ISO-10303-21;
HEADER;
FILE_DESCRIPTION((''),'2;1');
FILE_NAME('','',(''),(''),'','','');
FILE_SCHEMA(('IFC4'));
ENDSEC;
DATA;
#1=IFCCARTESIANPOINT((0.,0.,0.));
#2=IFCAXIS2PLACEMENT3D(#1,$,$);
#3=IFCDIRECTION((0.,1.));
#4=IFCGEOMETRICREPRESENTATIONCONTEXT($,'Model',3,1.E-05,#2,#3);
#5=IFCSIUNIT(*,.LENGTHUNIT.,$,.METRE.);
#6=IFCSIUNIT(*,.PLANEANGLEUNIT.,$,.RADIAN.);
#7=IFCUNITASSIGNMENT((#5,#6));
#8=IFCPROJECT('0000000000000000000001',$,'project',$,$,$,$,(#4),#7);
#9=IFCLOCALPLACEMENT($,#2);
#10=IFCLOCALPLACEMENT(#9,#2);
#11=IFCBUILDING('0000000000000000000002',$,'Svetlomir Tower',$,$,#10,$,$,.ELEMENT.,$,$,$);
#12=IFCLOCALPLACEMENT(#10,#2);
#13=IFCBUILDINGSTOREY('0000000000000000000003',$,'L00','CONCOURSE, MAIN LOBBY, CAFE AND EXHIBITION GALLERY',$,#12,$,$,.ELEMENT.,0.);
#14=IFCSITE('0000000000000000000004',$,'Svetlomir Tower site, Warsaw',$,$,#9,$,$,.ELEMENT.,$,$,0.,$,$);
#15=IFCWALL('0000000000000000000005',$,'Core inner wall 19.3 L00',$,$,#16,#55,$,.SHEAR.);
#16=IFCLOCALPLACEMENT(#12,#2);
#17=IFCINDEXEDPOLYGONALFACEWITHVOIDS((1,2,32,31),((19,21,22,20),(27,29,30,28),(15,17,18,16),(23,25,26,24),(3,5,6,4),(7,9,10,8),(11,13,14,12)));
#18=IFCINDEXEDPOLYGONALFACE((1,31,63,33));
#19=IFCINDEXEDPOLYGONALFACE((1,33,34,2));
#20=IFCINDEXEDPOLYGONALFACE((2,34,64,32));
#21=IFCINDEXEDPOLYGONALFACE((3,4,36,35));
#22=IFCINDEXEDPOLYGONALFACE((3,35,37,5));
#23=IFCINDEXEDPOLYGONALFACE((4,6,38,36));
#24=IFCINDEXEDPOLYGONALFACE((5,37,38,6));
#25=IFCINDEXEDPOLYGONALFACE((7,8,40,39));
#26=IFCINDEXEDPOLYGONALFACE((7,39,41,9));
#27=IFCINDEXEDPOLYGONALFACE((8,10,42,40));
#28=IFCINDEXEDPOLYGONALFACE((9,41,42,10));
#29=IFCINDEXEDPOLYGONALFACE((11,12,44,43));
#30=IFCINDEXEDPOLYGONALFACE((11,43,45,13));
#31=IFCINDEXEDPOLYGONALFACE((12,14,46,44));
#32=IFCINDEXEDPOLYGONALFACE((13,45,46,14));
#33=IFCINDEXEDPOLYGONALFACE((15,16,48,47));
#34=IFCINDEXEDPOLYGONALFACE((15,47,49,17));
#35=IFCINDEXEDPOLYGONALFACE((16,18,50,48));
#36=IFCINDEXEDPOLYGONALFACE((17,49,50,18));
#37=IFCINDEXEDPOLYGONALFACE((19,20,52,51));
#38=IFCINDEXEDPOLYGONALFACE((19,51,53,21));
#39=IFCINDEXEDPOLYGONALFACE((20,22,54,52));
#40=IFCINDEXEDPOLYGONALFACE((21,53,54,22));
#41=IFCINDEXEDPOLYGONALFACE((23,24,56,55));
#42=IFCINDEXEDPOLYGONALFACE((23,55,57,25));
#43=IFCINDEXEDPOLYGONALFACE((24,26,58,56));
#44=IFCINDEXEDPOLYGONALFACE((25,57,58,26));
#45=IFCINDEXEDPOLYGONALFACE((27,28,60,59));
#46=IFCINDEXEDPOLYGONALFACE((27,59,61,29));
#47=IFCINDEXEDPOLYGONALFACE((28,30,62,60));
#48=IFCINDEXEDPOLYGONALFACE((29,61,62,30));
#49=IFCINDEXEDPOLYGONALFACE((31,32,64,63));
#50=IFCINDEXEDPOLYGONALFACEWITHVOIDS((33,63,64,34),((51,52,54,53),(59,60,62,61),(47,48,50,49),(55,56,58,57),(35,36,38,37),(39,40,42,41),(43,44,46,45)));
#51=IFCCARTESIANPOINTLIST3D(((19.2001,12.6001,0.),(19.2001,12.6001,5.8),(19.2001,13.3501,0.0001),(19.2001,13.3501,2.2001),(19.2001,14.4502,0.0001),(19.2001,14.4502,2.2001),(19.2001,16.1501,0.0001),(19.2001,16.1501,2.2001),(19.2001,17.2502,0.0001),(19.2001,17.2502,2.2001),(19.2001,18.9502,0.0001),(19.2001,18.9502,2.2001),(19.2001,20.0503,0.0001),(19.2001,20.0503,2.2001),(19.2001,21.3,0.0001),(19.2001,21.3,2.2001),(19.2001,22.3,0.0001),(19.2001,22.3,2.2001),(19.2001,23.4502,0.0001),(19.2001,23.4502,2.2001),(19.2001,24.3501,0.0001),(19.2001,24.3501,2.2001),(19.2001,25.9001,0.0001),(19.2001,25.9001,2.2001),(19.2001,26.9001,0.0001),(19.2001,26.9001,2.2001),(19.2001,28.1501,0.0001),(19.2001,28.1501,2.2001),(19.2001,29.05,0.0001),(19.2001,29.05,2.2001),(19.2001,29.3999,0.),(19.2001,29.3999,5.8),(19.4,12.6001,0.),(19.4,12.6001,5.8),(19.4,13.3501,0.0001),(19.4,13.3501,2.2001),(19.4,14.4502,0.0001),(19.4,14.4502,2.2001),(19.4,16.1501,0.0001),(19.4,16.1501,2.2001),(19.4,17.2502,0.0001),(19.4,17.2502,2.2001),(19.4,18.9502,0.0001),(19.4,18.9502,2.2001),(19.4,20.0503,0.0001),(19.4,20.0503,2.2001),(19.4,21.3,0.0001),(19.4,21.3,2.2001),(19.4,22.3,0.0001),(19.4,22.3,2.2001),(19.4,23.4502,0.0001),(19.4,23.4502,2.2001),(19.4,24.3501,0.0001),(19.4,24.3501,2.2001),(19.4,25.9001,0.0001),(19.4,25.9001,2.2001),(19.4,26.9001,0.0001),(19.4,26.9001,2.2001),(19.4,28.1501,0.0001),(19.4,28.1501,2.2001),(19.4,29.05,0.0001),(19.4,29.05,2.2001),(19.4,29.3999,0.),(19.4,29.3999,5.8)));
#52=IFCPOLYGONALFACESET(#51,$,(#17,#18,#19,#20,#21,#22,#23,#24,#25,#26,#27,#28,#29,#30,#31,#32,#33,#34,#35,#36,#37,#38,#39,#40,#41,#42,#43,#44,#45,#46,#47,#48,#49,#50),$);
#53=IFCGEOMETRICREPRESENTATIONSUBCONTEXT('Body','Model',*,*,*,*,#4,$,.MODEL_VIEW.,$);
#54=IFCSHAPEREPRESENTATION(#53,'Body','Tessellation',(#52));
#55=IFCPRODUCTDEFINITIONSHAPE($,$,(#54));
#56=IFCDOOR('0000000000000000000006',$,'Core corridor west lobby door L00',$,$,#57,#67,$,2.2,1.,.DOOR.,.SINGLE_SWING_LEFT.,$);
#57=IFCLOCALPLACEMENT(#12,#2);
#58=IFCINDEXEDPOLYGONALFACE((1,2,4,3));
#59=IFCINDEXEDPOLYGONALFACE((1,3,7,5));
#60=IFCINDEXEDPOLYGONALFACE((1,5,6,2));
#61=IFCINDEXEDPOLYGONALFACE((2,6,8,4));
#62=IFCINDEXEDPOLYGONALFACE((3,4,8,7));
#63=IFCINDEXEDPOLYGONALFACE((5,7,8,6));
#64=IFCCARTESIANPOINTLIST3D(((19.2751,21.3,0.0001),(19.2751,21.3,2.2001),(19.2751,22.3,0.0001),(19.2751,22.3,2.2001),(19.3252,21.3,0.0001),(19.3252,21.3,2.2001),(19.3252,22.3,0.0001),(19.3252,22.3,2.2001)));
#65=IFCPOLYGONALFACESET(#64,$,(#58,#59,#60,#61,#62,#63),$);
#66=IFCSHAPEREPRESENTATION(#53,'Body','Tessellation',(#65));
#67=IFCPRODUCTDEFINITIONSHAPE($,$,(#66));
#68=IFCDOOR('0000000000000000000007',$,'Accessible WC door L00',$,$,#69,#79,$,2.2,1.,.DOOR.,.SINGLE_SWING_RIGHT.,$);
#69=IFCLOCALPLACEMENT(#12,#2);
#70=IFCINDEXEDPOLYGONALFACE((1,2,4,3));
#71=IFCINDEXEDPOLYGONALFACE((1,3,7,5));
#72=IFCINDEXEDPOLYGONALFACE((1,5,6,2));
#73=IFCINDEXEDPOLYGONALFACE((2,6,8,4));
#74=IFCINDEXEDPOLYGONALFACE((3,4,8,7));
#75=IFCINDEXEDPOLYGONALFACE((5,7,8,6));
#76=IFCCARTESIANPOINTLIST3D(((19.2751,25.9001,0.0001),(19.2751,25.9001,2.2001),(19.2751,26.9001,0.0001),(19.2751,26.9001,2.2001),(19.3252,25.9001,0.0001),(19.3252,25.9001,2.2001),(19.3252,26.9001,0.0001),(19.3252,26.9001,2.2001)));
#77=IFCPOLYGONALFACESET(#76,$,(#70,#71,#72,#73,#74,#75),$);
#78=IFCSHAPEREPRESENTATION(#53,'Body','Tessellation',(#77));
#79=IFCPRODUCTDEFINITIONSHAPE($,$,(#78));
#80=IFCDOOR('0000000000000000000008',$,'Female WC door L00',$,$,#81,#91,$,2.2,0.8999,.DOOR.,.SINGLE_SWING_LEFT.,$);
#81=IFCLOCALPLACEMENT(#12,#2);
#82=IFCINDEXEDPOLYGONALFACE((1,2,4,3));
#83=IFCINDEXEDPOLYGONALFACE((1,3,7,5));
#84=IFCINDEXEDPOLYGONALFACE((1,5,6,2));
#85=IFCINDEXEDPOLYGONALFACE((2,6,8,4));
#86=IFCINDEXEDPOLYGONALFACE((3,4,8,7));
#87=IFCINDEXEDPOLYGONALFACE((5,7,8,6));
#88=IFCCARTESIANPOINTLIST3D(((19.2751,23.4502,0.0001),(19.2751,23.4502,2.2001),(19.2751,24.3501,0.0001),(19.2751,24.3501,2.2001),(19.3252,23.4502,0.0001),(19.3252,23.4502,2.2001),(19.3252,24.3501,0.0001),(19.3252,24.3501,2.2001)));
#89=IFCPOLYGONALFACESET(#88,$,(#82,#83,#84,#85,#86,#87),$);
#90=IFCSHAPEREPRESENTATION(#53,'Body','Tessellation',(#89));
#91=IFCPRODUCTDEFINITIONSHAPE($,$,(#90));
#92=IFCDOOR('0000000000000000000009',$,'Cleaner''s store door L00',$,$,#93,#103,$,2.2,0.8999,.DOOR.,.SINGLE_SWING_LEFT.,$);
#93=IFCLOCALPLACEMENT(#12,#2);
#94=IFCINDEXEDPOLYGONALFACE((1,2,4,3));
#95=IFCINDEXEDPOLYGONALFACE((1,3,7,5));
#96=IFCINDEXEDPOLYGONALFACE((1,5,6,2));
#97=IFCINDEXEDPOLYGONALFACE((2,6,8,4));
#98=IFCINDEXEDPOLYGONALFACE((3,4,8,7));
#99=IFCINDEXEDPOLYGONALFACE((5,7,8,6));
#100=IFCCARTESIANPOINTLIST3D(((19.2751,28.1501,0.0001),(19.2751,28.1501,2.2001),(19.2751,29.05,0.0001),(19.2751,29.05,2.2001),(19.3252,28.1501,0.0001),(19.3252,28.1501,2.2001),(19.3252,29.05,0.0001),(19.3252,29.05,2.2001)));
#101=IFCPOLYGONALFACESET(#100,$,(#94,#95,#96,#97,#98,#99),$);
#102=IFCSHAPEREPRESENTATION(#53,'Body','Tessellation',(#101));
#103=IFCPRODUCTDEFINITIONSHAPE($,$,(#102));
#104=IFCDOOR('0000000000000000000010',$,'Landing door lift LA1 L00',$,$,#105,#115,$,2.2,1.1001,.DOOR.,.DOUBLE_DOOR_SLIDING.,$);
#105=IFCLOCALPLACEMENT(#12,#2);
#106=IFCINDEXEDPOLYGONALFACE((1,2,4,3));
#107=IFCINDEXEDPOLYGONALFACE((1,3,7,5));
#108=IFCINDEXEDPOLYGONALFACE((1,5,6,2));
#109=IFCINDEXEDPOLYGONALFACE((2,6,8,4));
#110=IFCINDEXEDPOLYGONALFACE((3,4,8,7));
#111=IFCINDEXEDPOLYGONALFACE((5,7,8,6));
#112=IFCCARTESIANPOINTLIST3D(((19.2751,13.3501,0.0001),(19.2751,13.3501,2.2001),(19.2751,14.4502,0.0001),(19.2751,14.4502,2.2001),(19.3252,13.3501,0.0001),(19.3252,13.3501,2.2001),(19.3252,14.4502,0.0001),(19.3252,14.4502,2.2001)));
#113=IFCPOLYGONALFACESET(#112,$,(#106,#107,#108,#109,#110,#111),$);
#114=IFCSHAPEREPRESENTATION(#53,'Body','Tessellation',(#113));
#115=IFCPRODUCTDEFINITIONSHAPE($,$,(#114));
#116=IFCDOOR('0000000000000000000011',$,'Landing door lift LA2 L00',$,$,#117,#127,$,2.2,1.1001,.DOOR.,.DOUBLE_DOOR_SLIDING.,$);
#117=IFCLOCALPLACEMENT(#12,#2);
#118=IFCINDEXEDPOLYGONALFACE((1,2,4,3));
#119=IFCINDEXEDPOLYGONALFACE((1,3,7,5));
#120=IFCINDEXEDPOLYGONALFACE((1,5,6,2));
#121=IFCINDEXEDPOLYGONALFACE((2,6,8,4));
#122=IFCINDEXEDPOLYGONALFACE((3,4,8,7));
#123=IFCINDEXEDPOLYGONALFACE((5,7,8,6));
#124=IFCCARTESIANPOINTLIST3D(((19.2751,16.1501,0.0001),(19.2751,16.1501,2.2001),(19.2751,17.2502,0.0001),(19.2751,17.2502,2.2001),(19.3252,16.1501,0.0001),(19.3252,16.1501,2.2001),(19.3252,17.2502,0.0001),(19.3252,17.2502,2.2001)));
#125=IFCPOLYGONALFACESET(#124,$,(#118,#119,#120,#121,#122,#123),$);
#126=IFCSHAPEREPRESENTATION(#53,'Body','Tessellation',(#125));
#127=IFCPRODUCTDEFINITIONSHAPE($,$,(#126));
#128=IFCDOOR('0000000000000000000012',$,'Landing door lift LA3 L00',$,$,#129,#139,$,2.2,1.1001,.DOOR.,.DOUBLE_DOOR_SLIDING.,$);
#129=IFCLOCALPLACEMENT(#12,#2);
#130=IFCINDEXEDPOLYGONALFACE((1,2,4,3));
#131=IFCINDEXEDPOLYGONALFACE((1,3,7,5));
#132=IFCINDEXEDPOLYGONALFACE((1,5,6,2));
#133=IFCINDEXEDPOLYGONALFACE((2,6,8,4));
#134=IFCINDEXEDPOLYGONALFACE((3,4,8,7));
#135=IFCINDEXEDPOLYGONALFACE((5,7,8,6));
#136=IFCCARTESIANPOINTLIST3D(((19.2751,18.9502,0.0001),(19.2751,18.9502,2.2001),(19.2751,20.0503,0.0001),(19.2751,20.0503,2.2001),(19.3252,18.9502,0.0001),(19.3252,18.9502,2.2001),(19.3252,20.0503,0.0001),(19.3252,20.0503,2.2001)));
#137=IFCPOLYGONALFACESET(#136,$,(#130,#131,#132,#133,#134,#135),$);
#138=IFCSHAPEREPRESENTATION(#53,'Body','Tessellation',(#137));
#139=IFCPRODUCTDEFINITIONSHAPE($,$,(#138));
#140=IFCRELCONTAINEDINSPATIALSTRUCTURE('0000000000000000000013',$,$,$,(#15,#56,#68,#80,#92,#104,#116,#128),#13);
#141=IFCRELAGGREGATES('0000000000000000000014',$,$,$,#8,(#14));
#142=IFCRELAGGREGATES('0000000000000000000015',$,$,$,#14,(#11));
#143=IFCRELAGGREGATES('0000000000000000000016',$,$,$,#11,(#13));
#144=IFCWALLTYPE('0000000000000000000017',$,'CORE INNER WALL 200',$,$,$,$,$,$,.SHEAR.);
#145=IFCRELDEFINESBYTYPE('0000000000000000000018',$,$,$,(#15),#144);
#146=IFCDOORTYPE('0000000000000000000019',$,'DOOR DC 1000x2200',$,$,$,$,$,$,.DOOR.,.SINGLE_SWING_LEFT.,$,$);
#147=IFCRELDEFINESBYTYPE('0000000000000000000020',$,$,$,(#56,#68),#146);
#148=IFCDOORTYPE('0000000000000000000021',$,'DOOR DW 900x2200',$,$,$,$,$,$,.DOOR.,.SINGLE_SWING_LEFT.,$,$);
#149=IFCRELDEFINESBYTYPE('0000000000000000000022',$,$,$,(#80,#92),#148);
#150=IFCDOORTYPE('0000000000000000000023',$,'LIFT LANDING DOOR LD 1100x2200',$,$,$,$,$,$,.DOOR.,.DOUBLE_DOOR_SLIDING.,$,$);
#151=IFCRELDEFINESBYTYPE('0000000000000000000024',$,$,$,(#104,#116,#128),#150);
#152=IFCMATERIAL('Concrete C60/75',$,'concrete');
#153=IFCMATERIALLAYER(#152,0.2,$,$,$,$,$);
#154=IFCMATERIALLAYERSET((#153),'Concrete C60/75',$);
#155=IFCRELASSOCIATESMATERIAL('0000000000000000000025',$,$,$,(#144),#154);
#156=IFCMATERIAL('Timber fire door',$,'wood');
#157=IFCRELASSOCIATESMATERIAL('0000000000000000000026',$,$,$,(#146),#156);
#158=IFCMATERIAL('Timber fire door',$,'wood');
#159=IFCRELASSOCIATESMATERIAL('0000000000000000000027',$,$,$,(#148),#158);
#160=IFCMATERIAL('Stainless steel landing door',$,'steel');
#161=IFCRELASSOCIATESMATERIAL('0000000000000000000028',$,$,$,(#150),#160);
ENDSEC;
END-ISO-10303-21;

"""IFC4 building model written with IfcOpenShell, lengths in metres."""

from ifc_helpers import new_model, si_unit, direction, frame, frame_2d, origin, place, context, subcontext, project, spatial, rectangle, extrude, material, layer, layer_set, type_object, element, fill, save


model = new_model("IFC4")

# Units and contexts
model_context = context("Model", 3, precision=1e-05, world=origin(), true_north=direction((0.0, 1.0)))
body_context = subcontext(model_context, "Body", "Model", "MODEL_VIEW")
ifc_project = project(units=[si_unit("LENGTHUNIT", "METRE"), si_unit("PLANEANGLEUNIT", "RADIAN")], contexts=[model_context])

# Site, building, storey
site_placement = place(None, origin())
site = spatial("IfcSite", under=ifc_project, at=site_placement, Name="Svetlomir Tower site, Warsaw", CompositionType="ELEMENT", RefElevation=0.0)
building_placement = place(site_placement, origin())
building = spatial("IfcBuilding", under=site, at=building_placement, Name="Svetlomir Tower", CompositionType="ELEMENT")
storey_placement = place(building_placement, origin())
storey = spatial("IfcBuildingStorey", under=building, at=storey_placement, Name="L00", Description="CONCOURSE, MAIN LOBBY, CAFE AND EXHIBITION GALLERY", CompositionType="ELEMENT", Elevation=0.0)

# Wall, openings, doors
ifc_material_1 = material(Name="Concrete C60/75", Category="concrete")
ifc_layer = layer(ifc_material_1, 0.2)
ifc_layer_set = layer_set([ifc_layer], Name="Concrete C60/75")
wall_type = type_object("IfcWallType", Name="CORE INNER WALL 200", PredefinedType="SHEAR", material=ifc_layer_set)
wall_1_placement = place(storey_placement, frame((19.3, 12.6001, 0.0), z_axis=(0.0, 0.0, 1.0), x_axis=(0.0, 1.0, 0.0)))
wall_1 = element("IfcWall", 1, at=wall_1_placement, inside=storey, type_object=wall_type, Name="Core inner wall 19.3 L00", PredefinedType="SHEAR", context=body_context, shape_type="SweptSolid", body=[
    extrude(rectangle(XDim=16.7998, YDim=0.2, at=frame_2d((8.3999, 0.0))), origin(), (0.0, 0.0, 1.0), 5.8),
])
opening_1_placement = place(wall_1_placement, frame((8.7, 0.0, 0.0)))
opening_1 = element("IfcOpeningElement", 2, at=opening_1_placement, cuts=wall_1, PredefinedType="OPENING", context=body_context, shape_type="SweptSolid", body=[
    extrude(rectangle(XDim=1.0, YDim=2.2, at=frame_2d((0.5, 1.1001))), frame((0.0, 0.1099, 0.0), z_axis=(0.0, -1.0, 0.0), x_axis=(1.0, 0.0, 0.0)), (0.0, 0.0, 1.0), 0.22),
])
opening_2_placement = place(wall_1_placement, frame((10.8501, 0.0, 0.0)))
opening_2 = element("IfcOpeningElement", 3, at=opening_2_placement, cuts=wall_1, PredefinedType="OPENING", context=body_context, shape_type="SweptSolid", body=[
    extrude(rectangle(XDim=0.8999, YDim=2.2, at=frame_2d((0.45, 1.1001))), frame((0.0, 0.1099, 0.0), z_axis=(0.0, -1.0, 0.0), x_axis=(1.0, 0.0, 0.0)), (0.0, 0.0, 1.0), 0.22),
])
opening_3_placement = place(wall_1_placement, frame((13.3, 0.0, 0.0)))
opening_3 = element("IfcOpeningElement", 4, at=opening_3_placement, cuts=wall_1, PredefinedType="OPENING", context=body_context, shape_type="SweptSolid", body=[
    extrude(rectangle(XDim=1.0, YDim=2.2, at=frame_2d((0.5, 1.1001))), frame((0.0, 0.1099, 0.0), z_axis=(0.0, -1.0, 0.0), x_axis=(1.0, 0.0, 0.0)), (0.0, 0.0, 1.0), 0.22),
])
opening_4_placement = place(wall_1_placement, frame((15.55, 0.0, 0.0)))
opening_4 = element("IfcOpeningElement", 5, at=opening_4_placement, cuts=wall_1, PredefinedType="OPENING", context=body_context, shape_type="SweptSolid", body=[
    extrude(rectangle(XDim=0.8999, YDim=2.2, at=frame_2d((0.45, 1.1001))), frame((0.0, 0.1099, 0.0), z_axis=(0.0, -1.0, 0.0), x_axis=(1.0, 0.0, 0.0)), (0.0, 0.0, 1.0), 0.22),
])
opening_5_placement = place(wall_1_placement, frame((0.75, 0.0, 0.0)))
opening_5 = element("IfcOpeningElement", 6, at=opening_5_placement, cuts=wall_1, PredefinedType="OPENING", context=body_context, shape_type="SweptSolid", body=[
    extrude(rectangle(XDim=1.1001, YDim=2.2, at=frame_2d((0.55, 1.1001))), frame((0.0, 0.1099, 0.0), z_axis=(0.0, -1.0, 0.0), x_axis=(1.0, 0.0, 0.0)), (0.0, 0.0, 1.0), 0.22),
])
opening_6_placement = place(wall_1_placement, frame((3.55, 0.0, 0.0)))
opening_6 = element("IfcOpeningElement", 7, at=opening_6_placement, cuts=wall_1, PredefinedType="OPENING", context=body_context, shape_type="SweptSolid", body=[
    extrude(rectangle(XDim=1.1001, YDim=2.2, at=frame_2d((0.55, 1.1001))), frame((0.0, 0.1099, 0.0), z_axis=(0.0, -1.0, 0.0), x_axis=(1.0, 0.0, 0.0)), (0.0, 0.0, 1.0), 0.22),
])
opening_7_placement = place(wall_1_placement, frame((6.3501, 0.0, 0.0)))
opening_7 = element("IfcOpeningElement", 8, at=opening_7_placement, cuts=wall_1, PredefinedType="OPENING", context=body_context, shape_type="SweptSolid", body=[
    extrude(rectangle(XDim=1.1001, YDim=2.2, at=frame_2d((0.55, 1.1001))), frame((0.0, 0.1099, 0.0), z_axis=(0.0, -1.0, 0.0), x_axis=(1.0, 0.0, 0.0)), (0.0, 0.0, 1.0), 0.22),
])
ifc_material_2 = material(Name="Timber fire door", Category="wood")
door_type_1 = type_object("IfcDoorType", Name="DOOR DC 1000x2200", OperationType="SINGLE_SWING_LEFT", PredefinedType="DOOR", material=ifc_material_2)
door_1_placement = place(opening_1_placement, origin())
door_1 = element("IfcDoor", 9, at=door_1_placement, inside=storey, type_object=door_type_1, Name="Core corridor west lobby door L00", OperationType="SINGLE_SWING_LEFT", OverallHeight=2.2, OverallWidth=1.0, PredefinedType="DOOR", context=body_context, shape_type="SweptSolid", body=[
    extrude(rectangle(XDim=1.0, YDim=2.2, at=frame_2d((0.5, 1.1001))), frame((0.0, 0.0249, 0.0), z_axis=(0.0, -1.0, 0.0), x_axis=(1.0, 0.0, 0.0)), (0.0, 0.0, 1.0), 0.05),
])
fill(opening_1, door_1)
door_2_placement = place(opening_3_placement, origin())
door_2 = element("IfcDoor", 10, at=door_2_placement, inside=storey, type_object=door_type_1, Name="Accessible WC door L00", OperationType="SINGLE_SWING_RIGHT", OverallHeight=2.2, OverallWidth=1.0, PredefinedType="DOOR", context=body_context, shape_type="SweptSolid", body=[
    extrude(rectangle(XDim=1.0, YDim=2.2, at=frame_2d((0.5, 1.1001))), frame((0.0, 0.0249, 0.0), z_axis=(0.0, -1.0, 0.0), x_axis=(1.0, 0.0, 0.0)), (0.0, 0.0, 1.0), 0.05),
])
fill(opening_3, door_2)
ifc_material_3 = material(Name="Timber fire door", Category="wood")
door_type_2 = type_object("IfcDoorType", Name="DOOR DW 900x2200", OperationType="SINGLE_SWING_LEFT", PredefinedType="DOOR", material=ifc_material_3)
door_3_placement = place(opening_2_placement, origin())
door_3 = element("IfcDoor", 11, at=door_3_placement, inside=storey, type_object=door_type_2, Name="Female WC door L00", OperationType="SINGLE_SWING_LEFT", OverallHeight=2.2, OverallWidth=0.8999, PredefinedType="DOOR", context=body_context, shape_type="SweptSolid", body=[
    extrude(rectangle(XDim=0.8999, YDim=2.2, at=frame_2d((0.45, 1.1001))), frame((0.0, 0.0249, 0.0), z_axis=(0.0, -1.0, 0.0), x_axis=(1.0, 0.0, 0.0)), (0.0, 0.0, 1.0), 0.05),
])
fill(opening_2, door_3)
door_4_placement = place(opening_4_placement, origin())
door_4 = element("IfcDoor", 12, at=door_4_placement, inside=storey, type_object=door_type_2, Name="Cleaner's store door L00", OperationType="SINGLE_SWING_LEFT", OverallHeight=2.2, OverallWidth=0.8999, PredefinedType="DOOR", context=body_context, shape_type="SweptSolid", body=[
    extrude(rectangle(XDim=0.8999, YDim=2.2, at=frame_2d((0.45, 1.1001))), frame((0.0, 0.0249, 0.0), z_axis=(0.0, -1.0, 0.0), x_axis=(1.0, 0.0, 0.0)), (0.0, 0.0, 1.0), 0.05),
])
fill(opening_4, door_4)
ifc_material_4 = material(Name="Stainless steel landing door", Category="steel")
door_type_3 = type_object("IfcDoorType", Name="LIFT LANDING DOOR LD 1100x2200", OperationType="DOUBLE_DOOR_SLIDING", PredefinedType="DOOR", material=ifc_material_4)
door_5_placement = place(opening_5_placement, origin())
door_5 = element("IfcDoor", 13, at=door_5_placement, inside=storey, type_object=door_type_3, Name="Landing door lift LA1 L00", OperationType="DOUBLE_DOOR_SLIDING", OverallHeight=2.2, OverallWidth=1.1001, PredefinedType="DOOR", context=body_context, shape_type="SweptSolid", body=[
    extrude(rectangle(XDim=1.1001, YDim=2.2, at=frame_2d((0.55, 1.1001))), frame((0.0, 0.0249, 0.0), z_axis=(0.0, -1.0, 0.0), x_axis=(1.0, 0.0, 0.0)), (0.0, 0.0, 1.0), 0.05),
])
fill(opening_5, door_5)
door_6_placement = place(opening_6_placement, origin())
door_6 = element("IfcDoor", 14, at=door_6_placement, inside=storey, type_object=door_type_3, Name="Landing door lift LA2 L00", OperationType="DOUBLE_DOOR_SLIDING", OverallHeight=2.2, OverallWidth=1.1001, PredefinedType="DOOR", context=body_context, shape_type="SweptSolid", body=[
    extrude(rectangle(XDim=1.1001, YDim=2.2, at=frame_2d((0.55, 1.1001))), frame((0.0, 0.0249, 0.0), z_axis=(0.0, -1.0, 0.0), x_axis=(1.0, 0.0, 0.0)), (0.0, 0.0, 1.0), 0.05),
])
fill(opening_6, door_6)
door_7_placement = place(opening_7_placement, origin())
door_7 = element("IfcDoor", 15, at=door_7_placement, inside=storey, type_object=door_type_3, Name="Landing door lift LA3 L00", OperationType="DOUBLE_DOOR_SLIDING", OverallHeight=2.2, OverallWidth=1.1001, PredefinedType="DOOR", context=body_context, shape_type="SweptSolid", body=[
    extrude(rectangle(XDim=1.1001, YDim=2.2, at=frame_2d((0.55, 1.1001))), frame((0.0, 0.0249, 0.0), z_axis=(0.0, -1.0, 0.0), x_axis=(1.0, 0.0, 0.0)), (0.0, 0.0, 1.0), 0.05),
])
fill(opening_7, door_7)

save(model, "model.ifc")
